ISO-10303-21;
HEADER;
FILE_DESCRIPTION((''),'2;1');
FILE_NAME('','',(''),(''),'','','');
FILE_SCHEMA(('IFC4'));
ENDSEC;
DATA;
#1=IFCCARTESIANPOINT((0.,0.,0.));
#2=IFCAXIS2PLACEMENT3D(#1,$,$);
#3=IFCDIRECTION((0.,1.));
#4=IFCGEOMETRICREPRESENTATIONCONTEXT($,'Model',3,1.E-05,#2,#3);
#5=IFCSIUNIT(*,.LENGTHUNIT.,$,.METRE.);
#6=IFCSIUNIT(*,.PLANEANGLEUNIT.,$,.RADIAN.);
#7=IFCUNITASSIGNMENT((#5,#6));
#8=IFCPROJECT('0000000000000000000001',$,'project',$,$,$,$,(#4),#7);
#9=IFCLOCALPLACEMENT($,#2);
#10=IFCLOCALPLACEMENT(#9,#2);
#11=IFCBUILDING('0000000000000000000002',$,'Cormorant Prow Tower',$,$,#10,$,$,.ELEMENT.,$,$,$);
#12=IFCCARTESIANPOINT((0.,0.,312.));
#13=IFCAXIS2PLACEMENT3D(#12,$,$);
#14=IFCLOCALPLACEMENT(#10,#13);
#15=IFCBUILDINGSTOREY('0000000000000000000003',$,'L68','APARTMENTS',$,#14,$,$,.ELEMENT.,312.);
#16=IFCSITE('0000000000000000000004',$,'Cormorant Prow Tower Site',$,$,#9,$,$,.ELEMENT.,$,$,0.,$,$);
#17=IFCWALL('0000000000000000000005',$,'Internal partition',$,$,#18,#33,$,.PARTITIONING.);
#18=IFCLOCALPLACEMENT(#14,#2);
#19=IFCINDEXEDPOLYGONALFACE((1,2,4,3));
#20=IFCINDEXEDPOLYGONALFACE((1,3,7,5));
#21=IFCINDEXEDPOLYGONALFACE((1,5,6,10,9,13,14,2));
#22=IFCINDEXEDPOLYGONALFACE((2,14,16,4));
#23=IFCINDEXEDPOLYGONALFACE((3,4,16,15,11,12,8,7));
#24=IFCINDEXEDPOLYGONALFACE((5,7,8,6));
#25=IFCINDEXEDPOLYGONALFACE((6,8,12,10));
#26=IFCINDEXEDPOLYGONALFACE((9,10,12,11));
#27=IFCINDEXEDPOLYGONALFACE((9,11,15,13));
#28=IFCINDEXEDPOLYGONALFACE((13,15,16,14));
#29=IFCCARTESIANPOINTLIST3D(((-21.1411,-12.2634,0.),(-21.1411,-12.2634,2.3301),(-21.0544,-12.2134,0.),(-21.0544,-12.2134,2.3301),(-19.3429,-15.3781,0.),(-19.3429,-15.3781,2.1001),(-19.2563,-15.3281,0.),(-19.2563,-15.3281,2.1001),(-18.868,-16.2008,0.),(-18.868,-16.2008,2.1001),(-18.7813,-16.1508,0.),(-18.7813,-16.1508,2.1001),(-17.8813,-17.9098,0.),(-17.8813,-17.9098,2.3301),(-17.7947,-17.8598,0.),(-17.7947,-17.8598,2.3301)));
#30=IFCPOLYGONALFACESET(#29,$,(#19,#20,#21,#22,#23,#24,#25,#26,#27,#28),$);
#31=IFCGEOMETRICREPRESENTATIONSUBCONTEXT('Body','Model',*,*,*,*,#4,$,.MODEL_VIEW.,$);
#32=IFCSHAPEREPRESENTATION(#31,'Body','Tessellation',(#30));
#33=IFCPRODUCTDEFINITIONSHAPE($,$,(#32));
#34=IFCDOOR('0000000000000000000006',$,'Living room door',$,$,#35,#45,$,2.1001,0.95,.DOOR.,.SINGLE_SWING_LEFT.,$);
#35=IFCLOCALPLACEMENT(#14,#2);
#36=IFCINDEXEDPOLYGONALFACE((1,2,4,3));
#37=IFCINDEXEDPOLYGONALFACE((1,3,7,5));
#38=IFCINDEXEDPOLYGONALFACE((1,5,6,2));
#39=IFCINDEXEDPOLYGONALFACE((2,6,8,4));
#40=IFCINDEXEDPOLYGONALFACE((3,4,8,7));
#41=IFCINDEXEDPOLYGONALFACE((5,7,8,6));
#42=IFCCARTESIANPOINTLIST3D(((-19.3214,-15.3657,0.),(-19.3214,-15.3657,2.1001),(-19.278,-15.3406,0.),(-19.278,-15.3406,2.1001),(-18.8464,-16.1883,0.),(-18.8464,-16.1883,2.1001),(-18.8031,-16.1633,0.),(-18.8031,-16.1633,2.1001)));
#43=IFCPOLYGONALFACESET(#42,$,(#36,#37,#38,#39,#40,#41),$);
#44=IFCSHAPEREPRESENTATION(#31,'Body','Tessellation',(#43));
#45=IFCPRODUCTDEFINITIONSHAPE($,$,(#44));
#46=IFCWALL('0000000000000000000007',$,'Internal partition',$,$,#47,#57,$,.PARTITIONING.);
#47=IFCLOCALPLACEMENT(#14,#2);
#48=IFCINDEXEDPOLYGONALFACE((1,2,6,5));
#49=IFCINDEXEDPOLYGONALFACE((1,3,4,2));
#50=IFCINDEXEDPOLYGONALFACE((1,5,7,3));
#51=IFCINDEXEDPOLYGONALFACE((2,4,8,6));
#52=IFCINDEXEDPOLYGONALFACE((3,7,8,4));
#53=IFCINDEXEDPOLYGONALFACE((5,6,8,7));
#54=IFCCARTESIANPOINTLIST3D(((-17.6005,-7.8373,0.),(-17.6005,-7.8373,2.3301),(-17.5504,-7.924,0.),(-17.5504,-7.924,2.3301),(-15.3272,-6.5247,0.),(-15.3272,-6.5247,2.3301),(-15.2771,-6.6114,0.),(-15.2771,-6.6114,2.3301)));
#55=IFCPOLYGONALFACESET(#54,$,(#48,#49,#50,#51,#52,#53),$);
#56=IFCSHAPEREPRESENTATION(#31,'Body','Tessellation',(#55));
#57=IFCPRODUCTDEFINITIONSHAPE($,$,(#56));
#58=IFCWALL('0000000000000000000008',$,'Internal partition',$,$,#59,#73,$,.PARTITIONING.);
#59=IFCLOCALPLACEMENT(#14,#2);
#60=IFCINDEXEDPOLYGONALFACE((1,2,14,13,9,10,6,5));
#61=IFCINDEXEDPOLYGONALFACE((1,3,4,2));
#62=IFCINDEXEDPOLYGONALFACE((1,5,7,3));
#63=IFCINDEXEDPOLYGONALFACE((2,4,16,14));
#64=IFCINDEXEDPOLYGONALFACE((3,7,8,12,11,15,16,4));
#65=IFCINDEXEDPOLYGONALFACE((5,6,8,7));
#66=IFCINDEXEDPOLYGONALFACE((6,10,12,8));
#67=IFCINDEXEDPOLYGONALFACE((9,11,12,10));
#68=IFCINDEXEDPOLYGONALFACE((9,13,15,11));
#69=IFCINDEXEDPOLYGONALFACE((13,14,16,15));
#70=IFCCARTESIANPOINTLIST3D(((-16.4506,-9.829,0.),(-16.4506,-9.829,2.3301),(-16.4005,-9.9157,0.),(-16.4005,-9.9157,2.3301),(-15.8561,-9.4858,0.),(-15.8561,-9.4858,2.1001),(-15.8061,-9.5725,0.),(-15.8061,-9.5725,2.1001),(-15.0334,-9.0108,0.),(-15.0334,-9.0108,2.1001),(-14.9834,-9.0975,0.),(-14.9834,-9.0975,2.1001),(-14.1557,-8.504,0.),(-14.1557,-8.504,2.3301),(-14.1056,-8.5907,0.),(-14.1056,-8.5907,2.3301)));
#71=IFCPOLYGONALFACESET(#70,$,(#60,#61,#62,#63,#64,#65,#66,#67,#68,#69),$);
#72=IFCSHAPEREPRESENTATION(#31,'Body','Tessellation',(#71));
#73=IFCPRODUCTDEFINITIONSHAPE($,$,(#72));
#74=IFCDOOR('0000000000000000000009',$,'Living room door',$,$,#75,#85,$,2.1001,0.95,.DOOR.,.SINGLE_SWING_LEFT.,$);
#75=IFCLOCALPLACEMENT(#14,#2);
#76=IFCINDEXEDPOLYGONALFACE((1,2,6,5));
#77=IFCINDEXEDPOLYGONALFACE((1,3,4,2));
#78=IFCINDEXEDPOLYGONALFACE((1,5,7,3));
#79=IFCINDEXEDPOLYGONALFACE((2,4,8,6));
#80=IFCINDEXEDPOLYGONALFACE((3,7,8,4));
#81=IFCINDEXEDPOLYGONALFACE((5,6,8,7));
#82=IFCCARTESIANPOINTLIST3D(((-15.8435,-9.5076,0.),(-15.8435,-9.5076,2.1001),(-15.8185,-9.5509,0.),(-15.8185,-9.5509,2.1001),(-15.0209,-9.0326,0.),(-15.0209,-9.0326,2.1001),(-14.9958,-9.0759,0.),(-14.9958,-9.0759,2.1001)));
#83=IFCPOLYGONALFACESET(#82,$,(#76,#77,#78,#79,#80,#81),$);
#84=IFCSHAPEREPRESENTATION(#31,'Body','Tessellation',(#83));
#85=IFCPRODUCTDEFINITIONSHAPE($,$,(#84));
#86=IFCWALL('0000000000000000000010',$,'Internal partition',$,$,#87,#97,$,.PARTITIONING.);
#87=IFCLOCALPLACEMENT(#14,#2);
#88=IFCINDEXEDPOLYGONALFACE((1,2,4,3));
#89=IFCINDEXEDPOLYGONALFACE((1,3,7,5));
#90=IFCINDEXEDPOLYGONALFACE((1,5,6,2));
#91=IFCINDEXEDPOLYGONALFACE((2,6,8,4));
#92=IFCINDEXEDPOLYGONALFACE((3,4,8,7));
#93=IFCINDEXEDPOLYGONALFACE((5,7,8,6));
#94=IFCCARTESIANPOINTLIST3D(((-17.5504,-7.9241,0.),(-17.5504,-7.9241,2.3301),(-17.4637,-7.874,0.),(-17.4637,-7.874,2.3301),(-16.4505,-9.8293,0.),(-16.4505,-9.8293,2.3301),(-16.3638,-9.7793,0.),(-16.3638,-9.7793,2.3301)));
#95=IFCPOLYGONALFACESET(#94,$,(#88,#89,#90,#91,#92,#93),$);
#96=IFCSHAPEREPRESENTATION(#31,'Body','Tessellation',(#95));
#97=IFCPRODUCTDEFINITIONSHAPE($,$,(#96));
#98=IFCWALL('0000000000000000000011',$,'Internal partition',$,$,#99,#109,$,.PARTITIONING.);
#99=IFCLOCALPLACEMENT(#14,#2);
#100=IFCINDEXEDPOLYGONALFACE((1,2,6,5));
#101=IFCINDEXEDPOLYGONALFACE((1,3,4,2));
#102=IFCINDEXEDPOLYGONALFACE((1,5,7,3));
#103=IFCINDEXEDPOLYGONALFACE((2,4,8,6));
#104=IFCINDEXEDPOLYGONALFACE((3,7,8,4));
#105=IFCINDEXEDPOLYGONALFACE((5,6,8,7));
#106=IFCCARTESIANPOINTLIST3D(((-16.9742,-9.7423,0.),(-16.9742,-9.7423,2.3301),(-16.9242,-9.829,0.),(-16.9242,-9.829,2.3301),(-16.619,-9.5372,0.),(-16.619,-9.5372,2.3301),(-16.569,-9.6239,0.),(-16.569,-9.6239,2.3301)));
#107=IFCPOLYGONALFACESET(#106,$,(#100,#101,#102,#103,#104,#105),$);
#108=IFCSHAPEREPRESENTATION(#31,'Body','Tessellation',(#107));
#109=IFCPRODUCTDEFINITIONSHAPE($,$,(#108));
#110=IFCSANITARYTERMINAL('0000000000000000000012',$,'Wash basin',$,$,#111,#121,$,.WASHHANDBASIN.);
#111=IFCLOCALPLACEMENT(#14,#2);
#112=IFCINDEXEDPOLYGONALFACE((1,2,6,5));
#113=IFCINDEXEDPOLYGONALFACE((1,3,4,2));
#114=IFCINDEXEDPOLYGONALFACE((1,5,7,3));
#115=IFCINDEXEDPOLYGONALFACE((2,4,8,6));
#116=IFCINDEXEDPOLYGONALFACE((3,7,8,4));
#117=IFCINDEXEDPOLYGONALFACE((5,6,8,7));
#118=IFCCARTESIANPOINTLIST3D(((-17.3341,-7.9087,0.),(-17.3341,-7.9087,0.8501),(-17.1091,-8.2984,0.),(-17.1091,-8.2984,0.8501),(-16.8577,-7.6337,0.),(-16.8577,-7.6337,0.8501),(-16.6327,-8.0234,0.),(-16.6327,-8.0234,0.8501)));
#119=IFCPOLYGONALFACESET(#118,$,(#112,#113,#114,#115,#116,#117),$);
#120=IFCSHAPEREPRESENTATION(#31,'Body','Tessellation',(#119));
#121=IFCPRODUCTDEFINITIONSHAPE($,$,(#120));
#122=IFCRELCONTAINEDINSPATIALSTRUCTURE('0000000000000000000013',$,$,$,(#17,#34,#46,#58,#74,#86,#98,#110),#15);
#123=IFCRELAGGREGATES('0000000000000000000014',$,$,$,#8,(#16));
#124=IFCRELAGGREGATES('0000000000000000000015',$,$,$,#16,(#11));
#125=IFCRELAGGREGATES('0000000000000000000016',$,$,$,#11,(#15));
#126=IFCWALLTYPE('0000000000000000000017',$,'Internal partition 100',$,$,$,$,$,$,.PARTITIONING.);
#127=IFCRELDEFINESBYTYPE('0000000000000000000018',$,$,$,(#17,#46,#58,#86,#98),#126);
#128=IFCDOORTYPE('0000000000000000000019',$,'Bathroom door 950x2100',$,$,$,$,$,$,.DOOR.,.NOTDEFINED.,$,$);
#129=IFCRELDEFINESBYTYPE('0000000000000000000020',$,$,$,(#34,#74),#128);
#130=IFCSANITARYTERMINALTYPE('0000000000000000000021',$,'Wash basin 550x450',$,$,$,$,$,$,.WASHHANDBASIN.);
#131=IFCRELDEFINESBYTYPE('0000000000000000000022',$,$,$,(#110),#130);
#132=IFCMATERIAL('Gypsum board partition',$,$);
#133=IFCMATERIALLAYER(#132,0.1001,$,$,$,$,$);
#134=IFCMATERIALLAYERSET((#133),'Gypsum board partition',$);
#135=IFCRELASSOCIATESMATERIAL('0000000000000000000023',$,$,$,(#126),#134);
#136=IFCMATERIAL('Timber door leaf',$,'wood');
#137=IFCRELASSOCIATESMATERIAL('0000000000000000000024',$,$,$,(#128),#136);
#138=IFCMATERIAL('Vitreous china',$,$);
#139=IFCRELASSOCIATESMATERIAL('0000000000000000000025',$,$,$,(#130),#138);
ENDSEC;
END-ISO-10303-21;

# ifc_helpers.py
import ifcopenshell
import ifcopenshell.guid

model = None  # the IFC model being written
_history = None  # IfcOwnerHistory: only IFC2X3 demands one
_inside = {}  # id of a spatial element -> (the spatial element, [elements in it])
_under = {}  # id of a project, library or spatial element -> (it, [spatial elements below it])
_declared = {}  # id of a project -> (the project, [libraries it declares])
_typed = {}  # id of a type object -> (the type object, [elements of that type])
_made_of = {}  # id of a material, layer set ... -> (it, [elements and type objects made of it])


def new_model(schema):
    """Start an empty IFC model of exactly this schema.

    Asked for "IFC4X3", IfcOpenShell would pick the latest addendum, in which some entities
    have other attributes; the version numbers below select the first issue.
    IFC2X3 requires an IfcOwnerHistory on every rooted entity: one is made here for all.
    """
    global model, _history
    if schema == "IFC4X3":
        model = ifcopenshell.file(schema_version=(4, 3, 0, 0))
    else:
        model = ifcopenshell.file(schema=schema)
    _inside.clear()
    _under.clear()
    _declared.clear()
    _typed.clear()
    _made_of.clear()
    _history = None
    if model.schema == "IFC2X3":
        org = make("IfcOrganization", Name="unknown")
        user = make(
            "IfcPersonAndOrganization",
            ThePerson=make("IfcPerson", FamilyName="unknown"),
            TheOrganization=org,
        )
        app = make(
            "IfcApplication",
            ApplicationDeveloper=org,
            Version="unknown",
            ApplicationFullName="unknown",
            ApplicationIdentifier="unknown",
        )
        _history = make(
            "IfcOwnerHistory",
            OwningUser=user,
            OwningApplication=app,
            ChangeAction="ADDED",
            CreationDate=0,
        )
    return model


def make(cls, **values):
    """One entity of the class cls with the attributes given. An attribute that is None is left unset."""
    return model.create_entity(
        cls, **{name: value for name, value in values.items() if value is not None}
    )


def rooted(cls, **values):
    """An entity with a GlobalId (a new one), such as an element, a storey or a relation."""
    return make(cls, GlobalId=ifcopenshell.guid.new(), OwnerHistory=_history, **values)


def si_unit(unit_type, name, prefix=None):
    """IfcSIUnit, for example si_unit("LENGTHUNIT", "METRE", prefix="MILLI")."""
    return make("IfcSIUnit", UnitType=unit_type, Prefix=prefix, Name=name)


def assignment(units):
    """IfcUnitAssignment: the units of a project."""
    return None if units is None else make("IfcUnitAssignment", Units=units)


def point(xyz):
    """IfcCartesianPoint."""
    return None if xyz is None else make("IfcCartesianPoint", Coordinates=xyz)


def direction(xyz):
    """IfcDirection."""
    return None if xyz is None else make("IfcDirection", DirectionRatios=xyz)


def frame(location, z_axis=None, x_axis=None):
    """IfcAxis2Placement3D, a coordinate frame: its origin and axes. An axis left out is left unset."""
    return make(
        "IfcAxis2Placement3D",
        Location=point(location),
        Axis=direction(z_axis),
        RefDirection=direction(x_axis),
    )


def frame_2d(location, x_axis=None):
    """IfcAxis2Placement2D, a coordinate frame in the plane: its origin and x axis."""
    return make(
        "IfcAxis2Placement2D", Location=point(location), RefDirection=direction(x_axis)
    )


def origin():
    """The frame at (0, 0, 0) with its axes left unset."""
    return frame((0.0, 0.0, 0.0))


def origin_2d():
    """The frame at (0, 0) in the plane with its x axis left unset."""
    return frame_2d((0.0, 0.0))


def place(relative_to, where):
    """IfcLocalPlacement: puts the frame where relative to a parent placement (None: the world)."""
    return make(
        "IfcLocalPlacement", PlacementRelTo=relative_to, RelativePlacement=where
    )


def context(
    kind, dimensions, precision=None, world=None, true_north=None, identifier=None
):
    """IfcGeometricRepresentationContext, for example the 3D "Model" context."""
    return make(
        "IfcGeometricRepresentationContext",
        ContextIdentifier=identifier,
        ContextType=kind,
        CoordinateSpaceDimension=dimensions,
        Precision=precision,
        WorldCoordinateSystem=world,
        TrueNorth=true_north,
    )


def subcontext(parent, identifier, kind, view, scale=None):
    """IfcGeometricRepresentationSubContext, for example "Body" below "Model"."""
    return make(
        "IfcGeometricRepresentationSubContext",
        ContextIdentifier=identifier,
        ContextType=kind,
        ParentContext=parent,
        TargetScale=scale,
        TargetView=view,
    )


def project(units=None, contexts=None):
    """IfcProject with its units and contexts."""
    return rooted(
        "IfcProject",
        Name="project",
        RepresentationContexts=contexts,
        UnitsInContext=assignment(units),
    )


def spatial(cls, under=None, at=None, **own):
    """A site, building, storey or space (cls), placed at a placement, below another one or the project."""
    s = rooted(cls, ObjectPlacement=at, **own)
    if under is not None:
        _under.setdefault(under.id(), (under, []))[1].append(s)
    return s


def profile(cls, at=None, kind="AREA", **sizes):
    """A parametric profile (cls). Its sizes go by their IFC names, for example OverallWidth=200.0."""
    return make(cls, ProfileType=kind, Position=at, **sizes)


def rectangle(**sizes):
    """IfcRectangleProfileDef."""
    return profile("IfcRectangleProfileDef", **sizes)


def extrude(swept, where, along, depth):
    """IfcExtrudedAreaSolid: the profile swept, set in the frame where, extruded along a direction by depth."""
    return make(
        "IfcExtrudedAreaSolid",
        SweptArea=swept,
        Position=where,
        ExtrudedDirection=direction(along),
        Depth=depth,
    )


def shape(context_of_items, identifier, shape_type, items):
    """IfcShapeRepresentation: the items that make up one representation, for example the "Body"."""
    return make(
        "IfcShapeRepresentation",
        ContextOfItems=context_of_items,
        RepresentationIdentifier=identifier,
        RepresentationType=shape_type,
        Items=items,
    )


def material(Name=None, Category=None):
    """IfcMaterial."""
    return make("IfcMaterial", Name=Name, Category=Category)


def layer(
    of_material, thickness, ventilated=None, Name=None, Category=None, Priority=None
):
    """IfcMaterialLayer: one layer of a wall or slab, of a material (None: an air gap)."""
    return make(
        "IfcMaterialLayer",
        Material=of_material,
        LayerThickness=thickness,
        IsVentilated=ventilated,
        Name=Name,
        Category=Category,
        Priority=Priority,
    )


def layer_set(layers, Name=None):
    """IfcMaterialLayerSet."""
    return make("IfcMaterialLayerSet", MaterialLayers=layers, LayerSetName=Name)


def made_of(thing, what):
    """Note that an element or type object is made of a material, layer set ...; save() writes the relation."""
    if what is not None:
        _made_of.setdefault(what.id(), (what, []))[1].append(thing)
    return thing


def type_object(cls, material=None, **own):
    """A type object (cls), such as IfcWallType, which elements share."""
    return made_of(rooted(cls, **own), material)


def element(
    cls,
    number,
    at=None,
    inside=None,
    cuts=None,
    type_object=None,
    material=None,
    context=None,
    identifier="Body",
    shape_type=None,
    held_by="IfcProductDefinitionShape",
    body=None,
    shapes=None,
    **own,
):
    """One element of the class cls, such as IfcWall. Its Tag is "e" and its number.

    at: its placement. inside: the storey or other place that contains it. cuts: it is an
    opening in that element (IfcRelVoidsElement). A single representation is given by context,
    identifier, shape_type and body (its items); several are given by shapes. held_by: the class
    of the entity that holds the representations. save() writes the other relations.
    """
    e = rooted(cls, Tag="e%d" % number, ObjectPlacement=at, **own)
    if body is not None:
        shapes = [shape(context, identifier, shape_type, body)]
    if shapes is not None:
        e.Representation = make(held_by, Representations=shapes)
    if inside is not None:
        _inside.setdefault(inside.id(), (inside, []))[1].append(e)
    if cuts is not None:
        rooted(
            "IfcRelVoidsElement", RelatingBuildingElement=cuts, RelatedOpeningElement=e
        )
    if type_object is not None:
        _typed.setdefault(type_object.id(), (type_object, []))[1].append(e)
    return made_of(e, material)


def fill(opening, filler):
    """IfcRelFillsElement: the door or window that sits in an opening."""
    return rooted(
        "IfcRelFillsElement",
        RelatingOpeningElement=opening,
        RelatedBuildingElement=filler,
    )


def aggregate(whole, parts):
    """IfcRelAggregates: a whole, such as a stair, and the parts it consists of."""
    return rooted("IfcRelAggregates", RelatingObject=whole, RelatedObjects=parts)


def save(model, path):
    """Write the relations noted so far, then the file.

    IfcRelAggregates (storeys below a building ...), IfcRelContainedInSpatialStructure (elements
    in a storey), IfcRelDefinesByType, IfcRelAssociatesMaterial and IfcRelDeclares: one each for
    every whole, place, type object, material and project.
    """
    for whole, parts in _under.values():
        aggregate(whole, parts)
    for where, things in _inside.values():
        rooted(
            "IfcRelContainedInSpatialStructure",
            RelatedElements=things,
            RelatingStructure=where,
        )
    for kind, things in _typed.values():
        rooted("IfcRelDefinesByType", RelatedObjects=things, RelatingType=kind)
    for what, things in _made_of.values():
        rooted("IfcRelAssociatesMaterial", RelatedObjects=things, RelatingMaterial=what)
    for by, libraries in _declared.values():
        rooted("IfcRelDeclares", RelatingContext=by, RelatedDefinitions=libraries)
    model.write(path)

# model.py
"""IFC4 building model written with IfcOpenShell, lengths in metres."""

from ifc_helpers import new_model, si_unit, direction, frame, frame_2d, origin, origin_2d, place, context, subcontext, project, spatial, rectangle, extrude, material, layer, layer_set, type_object, element, fill, save


model = new_model("IFC4")

# Units and contexts
model_context = context("Model", 3, precision=1e-05, world=origin(), true_north=direction((0.0, 1.0)))
body_context = subcontext(model_context, "Body", "Model", "MODEL_VIEW")
ifc_project = project(units=[si_unit("LENGTHUNIT", "METRE"), si_unit("PLANEANGLEUNIT", "RADIAN")], contexts=[model_context])

# Site, building, storey
site_placement = place(None, origin())
site = spatial("IfcSite", under=ifc_project, at=site_placement, Name="Cormorant Prow Tower Site", CompositionType="ELEMENT", RefElevation=0.0)
building_placement = place(site_placement, origin())
building = spatial("IfcBuilding", under=site, at=building_placement, Name="Cormorant Prow Tower", CompositionType="ELEMENT")
storey_placement = place(building_placement, frame((0.0, 0.0, 312.0)))
storey = spatial("IfcBuildingStorey", under=building, at=storey_placement, Name="L68", Description="APARTMENTS", CompositionType="ELEMENT", Elevation=312.0)

# Wall, opening, door
ifc_material_1 = material(Name="Gypsum board partition")
ifc_layer_1 = layer(ifc_material_1, 0.1001)
ifc_layer_set_1 = layer_set([ifc_layer_1], Name="Gypsum board partition")
wall_type = type_object("IfcWallType", Name="Internal partition 100", PredefinedType="PARTITIONING", material=ifc_layer_set_1)
ifc_material_2 = material(Name="Timber door leaf", Category="wood")
door_type = type_object("IfcDoorType", Name="Bathroom door 950x2100", OperationType="NOTDEFINED", PredefinedType="DOOR", material=ifc_material_2)
wall_1_placement = place(storey_placement, frame((-21.0977, -12.2385, 0.0), z_axis=(0.0, 0.0, 1.0), x_axis=(0.499973, -0.866041, 0.0)))
wall_1 = element("IfcWall", 1, at=wall_1_placement, inside=storey, type_object=wall_type, Name="Internal partition", PredefinedType="PARTITIONING", context=body_context, shape_type="SweptSolid", body=[
    extrude(rectangle(XDim=6.5198, YDim=0.1001, at=frame_2d((3.2598, 0.0))), origin(), (0.0, 0.0, 1.0), 2.3301),
])
opening_1_placement = place(wall_1_placement, frame((3.5962, 0.0, 0.0)))
opening_1 = element("IfcOpeningElement", 2, at=opening_1_placement, cuts=wall_1, PredefinedType="OPENING", context=body_context, shape_type="SweptSolid", body=[
    extrude(rectangle(XDim=0.95, YDim=2.1001, at=frame_2d((0.4751, 1.05))), frame((0.0, 0.0601, 0.0), z_axis=(0.0, -1.0, 0.0), x_axis=(1.0, 0.0, 0.0)), (0.0, 0.0, 1.0), 0.1201),
])
door_1_placement = place(opening_1_placement, origin())
door_1 = element("IfcDoor", 3, at=door_1_placement, inside=storey, type_object=door_type, Name="Living room door", OperationType="SINGLE_SWING_LEFT", OverallHeight=2.1001, OverallWidth=0.95, PredefinedType="DOOR", context=body_context, shape_type="SweptSolid", body=[
    extrude(rectangle(XDim=0.95, YDim=2.1001, at=frame_2d((0.4751, 1.05))), frame((0.0, 0.0249, 0.0), z_axis=(0.0, -1.0, 0.0), x_axis=(1.0, 0.0, 0.0)), (0.0, 0.0, 1.0), 0.05),
])
fill(opening_1, door_1)

# Wall
wall_2_placement = place(storey_placement, frame((-17.5754, -7.8806, 0.0), z_axis=(0.0, 0.0, 1.0), x_axis=(0.866014, 0.50002, 0.0)))
element("IfcWall", 4, at=wall_2_placement, inside=storey, type_object=wall_type, Name="Internal partition", PredefinedType="PARTITIONING", context=body_context, shape_type="SweptSolid", body=[
    extrude(rectangle(XDim=2.625, YDim=0.1001, at=frame_2d((1.3125, 0.0))), origin(), (0.0, 0.0, 1.0), 2.3301),
])

# Wall, opening, door
wall_3_placement = place(storey_placement, frame((-16.4255, -9.8723, 0.0), z_axis=(0.0, 0.0, 1.0), x_axis=(0.866029, 0.499994, 0.0)))
wall_3 = element("IfcWall", 5, at=wall_3_placement, inside=storey, type_object=wall_type, Name="Internal partition", PredefinedType="PARTITIONING", context=body_context, shape_type="SweptSolid", body=[
    extrude(rectangle(XDim=2.6499, YDim=0.1001, at=frame_2d((1.325, 0.0))), origin(), (0.0, 0.0, 1.0), 2.3301),
])
opening_2_placement = place(wall_3_placement, frame((0.6863, 0.0, 0.0)))
opening_2 = element("IfcOpeningElement", 6, at=opening_2_placement, cuts=wall_3, PredefinedType="OPENING", context=body_context, shape_type="SweptSolid", body=[
    extrude(rectangle(XDim=0.95, YDim=2.1001, at=frame_2d((0.4751, 1.05))), frame((0.0, 0.0601, 0.0), z_axis=(0.0, -1.0, 0.0), x_axis=(1.0, 0.0, 0.0)), (0.0, 0.0, 1.0), 0.1201),
])
door_2_placement = place(opening_2_placement, origin())
door_2 = element("IfcDoor", 7, at=door_2_placement, inside=storey, type_object=door_type, Name="Living room door", OperationType="SINGLE_SWING_LEFT", OverallHeight=2.1001, OverallWidth=0.95, PredefinedType="DOOR", context=body_context, shape_type="SweptSolid", body=[
    extrude(rectangle(XDim=0.95, YDim=2.1001, at=frame_2d((0.4751, 1.05))), frame((0.0, 0.0249, 0.0), z_axis=(0.0, -1.0, 0.0), x_axis=(1.0, 0.0, 0.0)), (0.0, 0.0, 1.0), 0.05),
])
fill(opening_2, door_2)

# Walls
wall_4_placement = place(storey_placement, frame((-17.5071, -7.8989, 0.0), z_axis=(0.0, 0.0, 1.0), x_axis=(0.499947, -0.866056, 0.0)))
element("IfcWall", 8, at=wall_4_placement, inside=storey, type_object=wall_type, Name="Internal partition", PredefinedType="PARTITIONING", context=body_context, shape_type="SweptSolid", body=[
    extrude(rectangle(XDim=2.2, YDim=0.1001, at=frame_2d((1.1001, 0.0))), origin(), (0.0, 0.0, 1.0), 2.3301),
])
wall_5_placement = place(storey_placement, frame((-16.9492, -9.7856, 0.0), z_axis=(0.0, 0.0, 1.0), x_axis=(0.866037, 0.49998, 0.0)))
element("IfcWall", 9, at=wall_5_placement, inside=storey, type_object=wall_type, Name="Internal partition", PredefinedType="PARTITIONING", context=body_context, shape_type="SweptSolid", body=[
    extrude(rectangle(XDim=0.4102, YDim=0.1001, at=frame_2d((0.2051, 0.0))), origin(), (0.0, 0.0, 1.0), 2.3301),
])

# Sanitary terminal
ifc_material_3 = material(Name="Vitreous china")
sanitary_terminal_type = type_object("IfcSanitaryTerminalType", Name="Wash basin 550x450", PredefinedType="WASHHANDBASIN", material=ifc_material_3)
sanitary_terminal_placement = place(storey_placement, frame((-16.9834, -7.9661, 0.0), z_axis=(0.0, 0.0, 1.0), x_axis=(0.866025, 0.5, 0.0)))
element("IfcSanitaryTerminal", 10, at=sanitary_terminal_placement, inside=storey, type_object=sanitary_terminal_type, Name="Wash basin", PredefinedType="WASHHANDBASIN", context=body_context, shape_type="SweptSolid", body=[
    extrude(rectangle(XDim=0.55, YDim=0.45, at=origin_2d()), origin(), (0.0, 0.0, 1.0), 0.8501),
])

save(model, "model.ifc")
